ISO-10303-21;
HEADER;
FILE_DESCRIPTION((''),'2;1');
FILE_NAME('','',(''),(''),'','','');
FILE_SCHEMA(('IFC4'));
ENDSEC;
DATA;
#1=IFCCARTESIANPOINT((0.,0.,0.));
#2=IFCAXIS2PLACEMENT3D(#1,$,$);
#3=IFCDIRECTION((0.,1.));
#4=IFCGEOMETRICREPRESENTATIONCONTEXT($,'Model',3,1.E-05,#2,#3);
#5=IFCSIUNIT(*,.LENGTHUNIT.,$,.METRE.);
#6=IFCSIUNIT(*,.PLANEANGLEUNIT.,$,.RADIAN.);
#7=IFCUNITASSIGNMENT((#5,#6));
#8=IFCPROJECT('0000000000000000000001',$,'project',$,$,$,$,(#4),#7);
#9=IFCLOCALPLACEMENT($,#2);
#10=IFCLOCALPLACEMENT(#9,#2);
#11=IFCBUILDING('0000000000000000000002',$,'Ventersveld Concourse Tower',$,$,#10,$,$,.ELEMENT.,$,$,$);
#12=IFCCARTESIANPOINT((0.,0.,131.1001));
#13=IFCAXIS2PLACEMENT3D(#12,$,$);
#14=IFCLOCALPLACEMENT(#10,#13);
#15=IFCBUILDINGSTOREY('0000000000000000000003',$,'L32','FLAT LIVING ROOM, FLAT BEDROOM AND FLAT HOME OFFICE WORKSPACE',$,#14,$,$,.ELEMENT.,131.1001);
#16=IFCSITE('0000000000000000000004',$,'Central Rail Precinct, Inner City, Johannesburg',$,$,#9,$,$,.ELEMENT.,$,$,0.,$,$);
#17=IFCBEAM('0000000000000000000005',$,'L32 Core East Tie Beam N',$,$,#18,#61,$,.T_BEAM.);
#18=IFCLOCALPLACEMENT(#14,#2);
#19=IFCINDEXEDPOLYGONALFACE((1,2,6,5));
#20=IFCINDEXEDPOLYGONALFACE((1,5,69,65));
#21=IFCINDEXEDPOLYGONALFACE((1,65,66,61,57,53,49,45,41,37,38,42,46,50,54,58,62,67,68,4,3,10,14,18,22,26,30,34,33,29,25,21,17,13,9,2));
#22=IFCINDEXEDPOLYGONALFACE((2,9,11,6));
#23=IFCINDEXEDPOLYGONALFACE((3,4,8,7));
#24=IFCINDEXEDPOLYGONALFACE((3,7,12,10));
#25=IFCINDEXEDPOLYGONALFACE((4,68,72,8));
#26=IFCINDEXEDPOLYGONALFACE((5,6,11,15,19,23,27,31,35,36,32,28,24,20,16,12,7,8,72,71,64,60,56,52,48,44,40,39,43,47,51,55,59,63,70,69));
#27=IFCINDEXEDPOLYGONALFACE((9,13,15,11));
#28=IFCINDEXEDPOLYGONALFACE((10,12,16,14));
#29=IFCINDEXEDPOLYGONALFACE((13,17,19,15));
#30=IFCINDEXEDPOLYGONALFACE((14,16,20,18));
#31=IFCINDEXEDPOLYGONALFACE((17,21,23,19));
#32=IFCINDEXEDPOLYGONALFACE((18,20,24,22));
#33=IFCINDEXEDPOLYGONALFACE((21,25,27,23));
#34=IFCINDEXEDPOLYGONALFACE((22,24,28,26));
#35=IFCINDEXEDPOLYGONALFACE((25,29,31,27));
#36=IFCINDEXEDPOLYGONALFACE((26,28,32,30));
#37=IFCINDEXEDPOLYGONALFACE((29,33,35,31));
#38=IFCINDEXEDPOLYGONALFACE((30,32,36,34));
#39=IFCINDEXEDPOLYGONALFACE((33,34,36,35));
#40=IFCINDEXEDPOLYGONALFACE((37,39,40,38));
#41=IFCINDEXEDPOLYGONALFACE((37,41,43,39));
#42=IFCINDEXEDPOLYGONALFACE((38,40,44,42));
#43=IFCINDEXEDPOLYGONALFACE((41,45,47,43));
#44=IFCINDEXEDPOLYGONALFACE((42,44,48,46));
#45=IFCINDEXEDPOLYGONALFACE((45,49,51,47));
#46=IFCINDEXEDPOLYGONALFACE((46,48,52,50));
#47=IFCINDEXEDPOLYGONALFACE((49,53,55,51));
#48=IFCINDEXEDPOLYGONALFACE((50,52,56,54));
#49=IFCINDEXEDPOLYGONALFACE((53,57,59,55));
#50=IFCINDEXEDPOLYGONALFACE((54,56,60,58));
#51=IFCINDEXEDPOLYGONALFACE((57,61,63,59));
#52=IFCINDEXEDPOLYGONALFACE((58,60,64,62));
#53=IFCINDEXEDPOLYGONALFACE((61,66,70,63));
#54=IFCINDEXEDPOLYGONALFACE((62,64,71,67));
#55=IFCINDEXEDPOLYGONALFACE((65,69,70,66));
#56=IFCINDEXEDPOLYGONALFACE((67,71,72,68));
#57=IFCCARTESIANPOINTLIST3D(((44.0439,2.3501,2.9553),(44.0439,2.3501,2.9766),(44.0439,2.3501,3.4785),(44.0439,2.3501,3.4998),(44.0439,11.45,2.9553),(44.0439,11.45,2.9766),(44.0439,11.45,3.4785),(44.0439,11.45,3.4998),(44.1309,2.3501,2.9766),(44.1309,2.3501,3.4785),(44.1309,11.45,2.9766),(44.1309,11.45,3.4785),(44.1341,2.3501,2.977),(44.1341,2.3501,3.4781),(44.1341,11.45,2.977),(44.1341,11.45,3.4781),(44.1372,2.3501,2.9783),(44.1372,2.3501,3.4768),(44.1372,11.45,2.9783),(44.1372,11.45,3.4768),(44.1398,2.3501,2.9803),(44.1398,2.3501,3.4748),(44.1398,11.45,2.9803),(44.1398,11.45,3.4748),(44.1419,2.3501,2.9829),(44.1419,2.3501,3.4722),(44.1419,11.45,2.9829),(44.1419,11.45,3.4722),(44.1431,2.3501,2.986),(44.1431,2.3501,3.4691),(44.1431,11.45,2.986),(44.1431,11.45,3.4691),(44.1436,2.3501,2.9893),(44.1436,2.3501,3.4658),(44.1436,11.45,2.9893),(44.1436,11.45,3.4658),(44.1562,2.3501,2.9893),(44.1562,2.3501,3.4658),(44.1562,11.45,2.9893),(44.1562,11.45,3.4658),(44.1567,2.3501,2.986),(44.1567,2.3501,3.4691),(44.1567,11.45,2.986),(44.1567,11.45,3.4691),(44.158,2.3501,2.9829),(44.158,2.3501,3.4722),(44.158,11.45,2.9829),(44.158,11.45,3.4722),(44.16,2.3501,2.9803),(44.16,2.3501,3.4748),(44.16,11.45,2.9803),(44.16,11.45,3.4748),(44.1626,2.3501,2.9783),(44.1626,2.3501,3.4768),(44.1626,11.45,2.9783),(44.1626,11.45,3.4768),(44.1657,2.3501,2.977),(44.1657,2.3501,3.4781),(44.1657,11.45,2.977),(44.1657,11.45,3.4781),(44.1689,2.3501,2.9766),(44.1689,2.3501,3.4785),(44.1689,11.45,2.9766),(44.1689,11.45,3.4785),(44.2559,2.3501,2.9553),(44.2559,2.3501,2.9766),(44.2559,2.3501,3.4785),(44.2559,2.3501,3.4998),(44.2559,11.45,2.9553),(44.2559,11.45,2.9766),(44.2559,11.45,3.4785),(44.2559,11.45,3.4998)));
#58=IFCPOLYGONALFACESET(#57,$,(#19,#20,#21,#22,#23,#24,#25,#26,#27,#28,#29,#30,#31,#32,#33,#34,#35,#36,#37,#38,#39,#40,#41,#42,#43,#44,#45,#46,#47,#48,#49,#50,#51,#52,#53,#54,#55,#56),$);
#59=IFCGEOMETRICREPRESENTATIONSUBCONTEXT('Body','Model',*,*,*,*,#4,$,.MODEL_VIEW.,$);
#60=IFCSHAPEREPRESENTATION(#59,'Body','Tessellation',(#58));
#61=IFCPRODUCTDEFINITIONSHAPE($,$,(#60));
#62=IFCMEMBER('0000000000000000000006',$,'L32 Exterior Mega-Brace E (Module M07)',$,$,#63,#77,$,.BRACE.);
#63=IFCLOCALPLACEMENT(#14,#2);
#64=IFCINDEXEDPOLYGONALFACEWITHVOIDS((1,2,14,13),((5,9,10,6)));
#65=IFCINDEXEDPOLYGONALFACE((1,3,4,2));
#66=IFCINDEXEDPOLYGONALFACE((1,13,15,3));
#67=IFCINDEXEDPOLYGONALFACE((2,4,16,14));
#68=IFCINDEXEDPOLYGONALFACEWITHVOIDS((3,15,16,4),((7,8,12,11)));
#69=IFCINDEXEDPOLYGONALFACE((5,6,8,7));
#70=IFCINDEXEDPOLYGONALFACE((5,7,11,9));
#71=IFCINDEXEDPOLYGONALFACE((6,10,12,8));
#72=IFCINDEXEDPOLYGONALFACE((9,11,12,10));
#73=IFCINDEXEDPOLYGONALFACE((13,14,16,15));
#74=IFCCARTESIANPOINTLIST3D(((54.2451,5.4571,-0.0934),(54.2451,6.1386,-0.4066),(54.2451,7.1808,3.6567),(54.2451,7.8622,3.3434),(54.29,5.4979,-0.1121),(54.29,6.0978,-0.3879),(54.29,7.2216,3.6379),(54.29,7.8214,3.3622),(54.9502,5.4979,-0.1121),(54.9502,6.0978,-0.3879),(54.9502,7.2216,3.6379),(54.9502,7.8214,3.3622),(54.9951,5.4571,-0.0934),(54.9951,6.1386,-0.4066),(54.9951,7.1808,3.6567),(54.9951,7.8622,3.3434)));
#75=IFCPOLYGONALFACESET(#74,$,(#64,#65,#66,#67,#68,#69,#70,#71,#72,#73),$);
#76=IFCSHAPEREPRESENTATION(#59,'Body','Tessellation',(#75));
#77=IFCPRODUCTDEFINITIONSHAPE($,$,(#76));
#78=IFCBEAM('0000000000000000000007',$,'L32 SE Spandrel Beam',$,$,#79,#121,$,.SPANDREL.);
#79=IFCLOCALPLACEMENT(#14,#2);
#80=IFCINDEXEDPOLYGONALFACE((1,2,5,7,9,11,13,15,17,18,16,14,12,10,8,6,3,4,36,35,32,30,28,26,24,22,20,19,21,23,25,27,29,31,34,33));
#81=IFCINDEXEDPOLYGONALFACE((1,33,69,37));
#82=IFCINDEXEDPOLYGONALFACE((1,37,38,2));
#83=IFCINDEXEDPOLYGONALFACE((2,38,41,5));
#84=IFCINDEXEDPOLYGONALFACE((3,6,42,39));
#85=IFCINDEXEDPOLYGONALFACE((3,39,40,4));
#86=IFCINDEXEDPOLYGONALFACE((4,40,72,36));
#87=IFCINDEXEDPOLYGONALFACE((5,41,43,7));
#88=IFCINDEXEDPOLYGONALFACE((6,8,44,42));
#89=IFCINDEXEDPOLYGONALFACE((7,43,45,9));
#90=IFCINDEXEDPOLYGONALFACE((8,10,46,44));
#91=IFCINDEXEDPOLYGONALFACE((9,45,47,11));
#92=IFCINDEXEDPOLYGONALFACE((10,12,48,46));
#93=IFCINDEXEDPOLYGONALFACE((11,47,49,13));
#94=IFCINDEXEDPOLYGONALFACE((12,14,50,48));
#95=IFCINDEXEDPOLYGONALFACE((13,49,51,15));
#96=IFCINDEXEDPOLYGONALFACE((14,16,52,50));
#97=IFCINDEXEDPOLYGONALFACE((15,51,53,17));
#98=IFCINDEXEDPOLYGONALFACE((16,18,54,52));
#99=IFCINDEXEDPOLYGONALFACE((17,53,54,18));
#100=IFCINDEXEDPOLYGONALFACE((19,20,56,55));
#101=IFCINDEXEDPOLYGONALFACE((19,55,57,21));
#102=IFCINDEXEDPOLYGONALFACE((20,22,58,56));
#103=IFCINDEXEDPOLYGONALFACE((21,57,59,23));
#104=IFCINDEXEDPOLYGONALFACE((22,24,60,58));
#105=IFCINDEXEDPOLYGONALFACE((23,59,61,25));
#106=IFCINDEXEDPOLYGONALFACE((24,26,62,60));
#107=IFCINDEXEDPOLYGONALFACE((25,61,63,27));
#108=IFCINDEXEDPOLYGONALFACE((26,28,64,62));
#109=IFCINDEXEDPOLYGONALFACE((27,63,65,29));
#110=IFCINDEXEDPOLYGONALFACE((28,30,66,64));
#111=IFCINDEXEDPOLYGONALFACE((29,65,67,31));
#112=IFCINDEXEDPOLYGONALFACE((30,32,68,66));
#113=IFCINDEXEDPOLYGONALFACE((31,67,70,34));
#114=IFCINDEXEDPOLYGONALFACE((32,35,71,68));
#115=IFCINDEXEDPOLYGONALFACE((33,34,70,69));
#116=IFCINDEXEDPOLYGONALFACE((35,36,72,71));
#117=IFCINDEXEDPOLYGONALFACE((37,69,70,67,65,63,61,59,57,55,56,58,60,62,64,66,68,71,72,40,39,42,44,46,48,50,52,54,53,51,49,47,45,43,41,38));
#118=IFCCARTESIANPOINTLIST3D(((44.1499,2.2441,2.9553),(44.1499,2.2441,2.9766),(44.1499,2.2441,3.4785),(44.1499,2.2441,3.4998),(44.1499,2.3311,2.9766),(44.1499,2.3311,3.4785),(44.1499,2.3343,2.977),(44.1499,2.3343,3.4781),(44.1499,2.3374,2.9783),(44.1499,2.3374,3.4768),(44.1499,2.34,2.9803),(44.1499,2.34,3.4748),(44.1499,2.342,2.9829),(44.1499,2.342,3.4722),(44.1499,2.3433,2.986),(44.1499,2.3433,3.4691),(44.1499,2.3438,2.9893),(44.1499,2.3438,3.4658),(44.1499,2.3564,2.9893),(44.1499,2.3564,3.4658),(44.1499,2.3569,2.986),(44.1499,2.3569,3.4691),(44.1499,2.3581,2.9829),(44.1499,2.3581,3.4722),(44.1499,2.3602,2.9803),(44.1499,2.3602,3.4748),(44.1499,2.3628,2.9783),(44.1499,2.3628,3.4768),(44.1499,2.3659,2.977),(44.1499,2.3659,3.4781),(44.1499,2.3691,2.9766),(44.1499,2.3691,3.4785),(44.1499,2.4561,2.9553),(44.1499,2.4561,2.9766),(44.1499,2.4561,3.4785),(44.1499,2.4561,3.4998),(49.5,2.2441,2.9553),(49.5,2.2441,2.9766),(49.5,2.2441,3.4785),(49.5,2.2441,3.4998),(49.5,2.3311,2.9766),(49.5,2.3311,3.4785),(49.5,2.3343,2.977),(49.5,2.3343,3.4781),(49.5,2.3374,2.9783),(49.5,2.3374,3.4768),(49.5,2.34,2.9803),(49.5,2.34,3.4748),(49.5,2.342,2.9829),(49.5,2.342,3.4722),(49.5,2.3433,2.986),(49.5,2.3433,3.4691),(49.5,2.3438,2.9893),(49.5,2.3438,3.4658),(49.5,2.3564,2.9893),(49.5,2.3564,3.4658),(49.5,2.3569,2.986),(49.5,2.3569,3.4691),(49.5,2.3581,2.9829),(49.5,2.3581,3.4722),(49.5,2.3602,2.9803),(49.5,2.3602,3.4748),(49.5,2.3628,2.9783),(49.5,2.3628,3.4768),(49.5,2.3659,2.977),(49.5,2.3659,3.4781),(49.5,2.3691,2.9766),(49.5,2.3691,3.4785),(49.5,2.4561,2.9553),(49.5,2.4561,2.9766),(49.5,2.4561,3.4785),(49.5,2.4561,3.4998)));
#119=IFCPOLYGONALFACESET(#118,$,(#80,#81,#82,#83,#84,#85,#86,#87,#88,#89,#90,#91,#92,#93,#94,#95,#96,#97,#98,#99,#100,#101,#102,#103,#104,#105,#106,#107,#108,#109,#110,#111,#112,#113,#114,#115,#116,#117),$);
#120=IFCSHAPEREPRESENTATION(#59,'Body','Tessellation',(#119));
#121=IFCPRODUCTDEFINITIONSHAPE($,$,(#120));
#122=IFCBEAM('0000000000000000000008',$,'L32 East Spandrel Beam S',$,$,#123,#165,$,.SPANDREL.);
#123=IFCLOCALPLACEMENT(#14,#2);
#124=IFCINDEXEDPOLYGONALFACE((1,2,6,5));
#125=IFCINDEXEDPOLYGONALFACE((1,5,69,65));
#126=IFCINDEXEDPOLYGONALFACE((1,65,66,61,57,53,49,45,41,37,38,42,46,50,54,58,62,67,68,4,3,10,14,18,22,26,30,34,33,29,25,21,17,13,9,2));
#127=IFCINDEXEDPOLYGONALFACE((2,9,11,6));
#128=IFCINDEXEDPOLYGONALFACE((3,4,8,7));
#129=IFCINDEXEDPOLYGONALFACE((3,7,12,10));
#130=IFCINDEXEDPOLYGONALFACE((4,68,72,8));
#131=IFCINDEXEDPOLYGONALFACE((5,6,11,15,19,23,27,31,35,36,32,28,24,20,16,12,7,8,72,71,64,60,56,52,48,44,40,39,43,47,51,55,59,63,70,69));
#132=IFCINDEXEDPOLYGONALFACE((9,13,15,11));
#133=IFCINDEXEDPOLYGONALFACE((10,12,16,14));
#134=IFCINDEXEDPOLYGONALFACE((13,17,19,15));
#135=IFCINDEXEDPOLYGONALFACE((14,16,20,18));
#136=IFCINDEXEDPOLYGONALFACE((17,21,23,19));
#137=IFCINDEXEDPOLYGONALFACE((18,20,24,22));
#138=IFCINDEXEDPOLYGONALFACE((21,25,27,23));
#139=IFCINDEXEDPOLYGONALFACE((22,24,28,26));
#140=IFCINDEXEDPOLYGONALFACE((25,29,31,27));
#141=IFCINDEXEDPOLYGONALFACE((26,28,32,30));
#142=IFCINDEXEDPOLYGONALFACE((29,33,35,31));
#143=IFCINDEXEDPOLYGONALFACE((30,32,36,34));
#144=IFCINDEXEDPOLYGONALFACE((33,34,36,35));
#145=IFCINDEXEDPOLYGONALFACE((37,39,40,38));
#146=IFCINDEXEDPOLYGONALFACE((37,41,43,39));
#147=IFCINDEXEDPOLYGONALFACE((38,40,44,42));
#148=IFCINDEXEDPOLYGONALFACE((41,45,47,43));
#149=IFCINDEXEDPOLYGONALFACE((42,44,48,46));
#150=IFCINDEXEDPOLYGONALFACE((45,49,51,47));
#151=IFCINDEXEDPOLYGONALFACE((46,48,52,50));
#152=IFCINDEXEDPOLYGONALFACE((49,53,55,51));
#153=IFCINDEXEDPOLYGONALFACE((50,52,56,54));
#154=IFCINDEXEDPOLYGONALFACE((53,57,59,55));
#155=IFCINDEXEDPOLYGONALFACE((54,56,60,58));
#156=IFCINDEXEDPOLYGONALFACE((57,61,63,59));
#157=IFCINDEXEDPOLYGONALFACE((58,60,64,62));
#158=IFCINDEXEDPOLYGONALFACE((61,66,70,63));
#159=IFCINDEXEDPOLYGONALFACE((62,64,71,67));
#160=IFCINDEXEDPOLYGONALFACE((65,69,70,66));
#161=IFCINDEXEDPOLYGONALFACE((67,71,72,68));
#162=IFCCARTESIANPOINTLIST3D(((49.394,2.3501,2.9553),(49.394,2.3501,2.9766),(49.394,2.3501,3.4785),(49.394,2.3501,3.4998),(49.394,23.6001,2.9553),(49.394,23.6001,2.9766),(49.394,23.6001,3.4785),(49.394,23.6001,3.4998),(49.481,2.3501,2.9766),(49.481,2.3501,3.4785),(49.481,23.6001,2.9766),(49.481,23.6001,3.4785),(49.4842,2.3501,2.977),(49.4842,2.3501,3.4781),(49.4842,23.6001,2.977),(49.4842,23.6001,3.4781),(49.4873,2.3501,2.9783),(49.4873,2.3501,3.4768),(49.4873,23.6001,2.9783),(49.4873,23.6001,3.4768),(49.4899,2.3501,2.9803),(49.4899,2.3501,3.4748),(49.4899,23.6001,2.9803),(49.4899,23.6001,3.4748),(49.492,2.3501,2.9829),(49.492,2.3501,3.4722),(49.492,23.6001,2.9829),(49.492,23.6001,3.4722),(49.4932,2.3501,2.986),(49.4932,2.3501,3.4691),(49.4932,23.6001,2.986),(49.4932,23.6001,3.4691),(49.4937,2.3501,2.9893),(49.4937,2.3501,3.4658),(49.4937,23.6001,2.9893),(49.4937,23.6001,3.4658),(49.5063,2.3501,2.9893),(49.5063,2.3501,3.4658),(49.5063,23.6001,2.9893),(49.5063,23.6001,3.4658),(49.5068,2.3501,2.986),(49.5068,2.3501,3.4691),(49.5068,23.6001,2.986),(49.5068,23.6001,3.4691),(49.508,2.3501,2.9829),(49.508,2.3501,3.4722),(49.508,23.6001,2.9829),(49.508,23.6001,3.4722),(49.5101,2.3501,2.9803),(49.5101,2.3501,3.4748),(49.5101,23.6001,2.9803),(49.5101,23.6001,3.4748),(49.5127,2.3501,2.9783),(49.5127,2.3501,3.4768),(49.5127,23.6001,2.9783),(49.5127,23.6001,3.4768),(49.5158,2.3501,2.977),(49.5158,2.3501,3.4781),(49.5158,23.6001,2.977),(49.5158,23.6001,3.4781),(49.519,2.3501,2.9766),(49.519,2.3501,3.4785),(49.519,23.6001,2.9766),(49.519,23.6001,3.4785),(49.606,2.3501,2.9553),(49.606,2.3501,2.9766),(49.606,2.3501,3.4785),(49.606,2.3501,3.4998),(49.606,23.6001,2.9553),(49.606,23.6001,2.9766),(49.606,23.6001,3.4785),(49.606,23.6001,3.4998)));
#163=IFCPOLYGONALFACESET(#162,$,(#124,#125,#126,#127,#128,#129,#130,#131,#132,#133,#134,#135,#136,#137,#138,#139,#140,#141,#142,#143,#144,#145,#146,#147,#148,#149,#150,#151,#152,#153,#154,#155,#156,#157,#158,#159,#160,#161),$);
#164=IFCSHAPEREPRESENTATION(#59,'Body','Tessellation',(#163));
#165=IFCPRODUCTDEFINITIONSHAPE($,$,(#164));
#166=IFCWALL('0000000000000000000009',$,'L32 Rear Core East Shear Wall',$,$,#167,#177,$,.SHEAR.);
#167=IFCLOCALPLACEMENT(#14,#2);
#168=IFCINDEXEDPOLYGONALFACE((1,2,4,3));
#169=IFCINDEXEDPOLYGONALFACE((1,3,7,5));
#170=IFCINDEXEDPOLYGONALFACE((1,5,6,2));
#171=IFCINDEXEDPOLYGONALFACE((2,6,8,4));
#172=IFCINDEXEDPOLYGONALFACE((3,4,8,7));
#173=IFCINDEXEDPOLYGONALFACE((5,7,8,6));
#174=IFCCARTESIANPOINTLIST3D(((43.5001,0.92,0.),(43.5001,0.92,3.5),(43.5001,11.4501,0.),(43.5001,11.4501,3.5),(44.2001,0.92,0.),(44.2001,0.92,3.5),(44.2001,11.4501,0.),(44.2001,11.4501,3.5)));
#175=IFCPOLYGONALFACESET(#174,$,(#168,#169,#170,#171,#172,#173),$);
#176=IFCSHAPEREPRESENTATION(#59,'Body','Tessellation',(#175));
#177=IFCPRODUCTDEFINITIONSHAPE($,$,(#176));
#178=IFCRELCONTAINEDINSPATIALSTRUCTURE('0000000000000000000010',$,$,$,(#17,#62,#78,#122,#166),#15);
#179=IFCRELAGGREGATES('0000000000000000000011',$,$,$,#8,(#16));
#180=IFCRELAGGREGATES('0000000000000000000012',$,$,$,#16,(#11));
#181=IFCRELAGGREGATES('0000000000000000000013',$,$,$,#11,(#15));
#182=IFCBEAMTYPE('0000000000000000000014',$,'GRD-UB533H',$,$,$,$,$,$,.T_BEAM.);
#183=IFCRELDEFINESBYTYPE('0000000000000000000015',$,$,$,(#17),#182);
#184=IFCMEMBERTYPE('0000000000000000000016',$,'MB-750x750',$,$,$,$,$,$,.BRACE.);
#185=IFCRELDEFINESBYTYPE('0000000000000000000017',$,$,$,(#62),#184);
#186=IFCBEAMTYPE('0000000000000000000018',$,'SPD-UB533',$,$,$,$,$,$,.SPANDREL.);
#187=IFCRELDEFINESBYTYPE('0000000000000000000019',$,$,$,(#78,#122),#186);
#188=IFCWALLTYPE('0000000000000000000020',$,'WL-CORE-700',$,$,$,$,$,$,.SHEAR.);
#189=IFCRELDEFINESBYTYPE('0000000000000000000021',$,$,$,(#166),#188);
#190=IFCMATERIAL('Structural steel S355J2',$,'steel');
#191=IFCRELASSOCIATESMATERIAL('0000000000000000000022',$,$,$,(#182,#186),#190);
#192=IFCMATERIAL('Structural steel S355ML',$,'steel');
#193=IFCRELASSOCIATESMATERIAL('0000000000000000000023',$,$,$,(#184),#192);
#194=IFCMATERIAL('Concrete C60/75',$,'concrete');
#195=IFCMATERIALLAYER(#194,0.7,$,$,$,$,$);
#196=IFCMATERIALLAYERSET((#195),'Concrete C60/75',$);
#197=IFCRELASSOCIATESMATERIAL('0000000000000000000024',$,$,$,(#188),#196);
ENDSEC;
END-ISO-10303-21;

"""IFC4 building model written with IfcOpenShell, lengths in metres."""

from ifc_helpers import new_model, si_unit, direction, frame, frame_2d, origin, origin_2d, place, context, subcontext, project, spatial, rectangle, hollow_rectangle, i_section, extrude, material, layer, layer_set, material_profile, profile_set, type_object, element, save


model = new_model("IFC4")

# Units and contexts
model_context = context("Model", 3, precision=1e-05, world=origin(), true_north=direction((0.0, 1.0)))
body_context = subcontext(model_context, "Body", "Model", "MODEL_VIEW")
ifc_project = project(units=[si_unit("LENGTHUNIT", "METRE"), si_unit("PLANEANGLEUNIT", "RADIAN")], contexts=[model_context])

# Site, building, storey
site_placement = place(None, origin())
site = spatial("IfcSite", under=ifc_project, at=site_placement, Name="Central Rail Precinct, Inner City, Johannesburg", CompositionType="ELEMENT", RefElevation=0.0)
building_placement = place(site_placement, origin())
building = spatial("IfcBuilding", under=site, at=building_placement, Name="Ventersveld Concourse Tower", CompositionType="ELEMENT")
storey_placement = place(building_placement, frame((0.0, 0.0, 131.1001)))
storey = spatial("IfcBuildingStorey", under=building, at=storey_placement, Name="L32", Description="FLAT LIVING ROOM, FLAT BEDROOM AND FLAT HOME OFFICE WORKSPACE", CompositionType="ELEMENT", Elevation=131.1001)

# Beam
ifc_material_1 = material(Name="Structural steel S355J2", Category="steel")
ifc_material_profile_1 = material_profile(ifc_material_1, i_section(OverallWidth=0.2119, OverallDepth=0.5444, WebThickness=0.0127, FlangeThickness=0.0212, FilletRadius=0.0127, at=origin_2d()), Name="UB 533x210x122")
ifc_profile_set_1 = profile_set([ifc_material_profile_1], Name="Structural steel S355J2")
beam_type_1 = type_object("IfcBeamType", Name="GRD-UB533H", PredefinedType="T_BEAM", material=ifc_profile_set_1)
beam_1_placement = place(storey_placement, frame((44.1499, 2.3501, 3.2275), z_axis=(0.0, 1.0, 0.0), x_axis=(-1.0, 0.0, 0.0)))
element("IfcBeam", 1, at=beam_1_placement, inside=storey, type_object=beam_type_1, Name="L32 Core East Tie Beam N", PredefinedType="T_BEAM", context=body_context, shape_type="SweptSolid", body=[
    extrude(i_section(OverallWidth=0.2119, OverallDepth=0.5444, WebThickness=0.0127, FlangeThickness=0.0212, FilletRadius=0.0127, at=origin_2d()), origin(), (0.0, 0.0, 1.0), 9.0999),
])

# Member
ifc_material_2 = material(Name="Structural steel S355ML", Category="steel")
ifc_material_profile_2 = material_profile(ifc_material_2, hollow_rectangle(XDim=0.75, YDim=0.75, WallThickness=0.0449, at=origin_2d()), Name="BOX 750x750x45")
ifc_profile_set_2 = profile_set([ifc_material_profile_2], Name="Structural steel S355ML")
member_type = type_object("IfcMemberType", Name="MB-750x750", PredefinedType="BRACE", material=ifc_profile_set_2)
member_placement = place(storey_placement, frame((54.6201, 5.7979, -0.25), z_axis=(0.0, 0.417632, 0.908616), x_axis=(-1.0, 0.0, 0.0)))
element("IfcMember", 2, at=member_placement, inside=storey, type_object=member_type, Name="L32 Exterior Mega-Brace E (Module M07)", PredefinedType="BRACE", context=body_context, shape_type="SweptSolid", body=[
    extrude(hollow_rectangle(XDim=0.75, YDim=0.75, WallThickness=0.0449, at=origin_2d()), origin(), (0.0, 0.0, 1.0), 4.1272),
])

# Beams
ifc_material_profile_3 = material_profile(ifc_material_1, i_section(OverallWidth=0.2119, OverallDepth=0.5444, WebThickness=0.0127, FlangeThickness=0.0212, FilletRadius=0.0127, at=origin_2d()), Name="UB 533x210x122")
ifc_profile_set_3 = profile_set([ifc_material_profile_3], Name="Structural steel S355J2")
beam_type_2 = type_object("IfcBeamType", Name="SPD-UB533", PredefinedType="SPANDREL", material=ifc_profile_set_3)
beam_2_placement = place(storey_placement, frame((44.1499, 2.3501, 3.2275), z_axis=(1.0, 0.0, 0.0), x_axis=(0.0, 1.0, 0.0)))
element("IfcBeam", 3, at=beam_2_placement, inside=storey, type_object=beam_type_2, Name="L32 SE Spandrel Beam", PredefinedType="SPANDREL", context=body_context, shape_type="SweptSolid", body=[
    extrude(i_section(OverallWidth=0.2119, OverallDepth=0.5444, WebThickness=0.0127, FlangeThickness=0.0212, FilletRadius=0.0127, at=origin_2d()), origin(), (0.0, 0.0, 1.0), 5.3501),
])
beam_3_placement = place(storey_placement, frame((49.5, 2.3501, 3.2275), z_axis=(0.0, 1.0, 0.0), x_axis=(-1.0, 0.0, 0.0)))
element("IfcBeam", 4, at=beam_3_placement, inside=storey, type_object=beam_type_2, Name="L32 East Spandrel Beam S", PredefinedType="SPANDREL", context=body_context, shape_type="SweptSolid", body=[
    extrude(i_section(OverallWidth=0.2119, OverallDepth=0.5444, WebThickness=0.0127, FlangeThickness=0.0212, FilletRadius=0.0127, at=origin_2d()), origin(), (0.0, 0.0, 1.0), 21.25),
])

# Wall
ifc_material_3 = material(Name="Concrete C60/75", Category="concrete")
ifc_layer_1 = layer(ifc_material_3, 0.7)
ifc_layer_set_1 = layer_set([ifc_layer_1], Name="Concrete C60/75")
wall_type_1 = type_object("IfcWallType", Name="WL-CORE-700", PredefinedType="SHEAR", material=ifc_layer_set_1)
wall_1_placement = place(storey_placement, frame((43.8501, 0.9199, 0.0), z_axis=(0.0, 0.0, 1.0), x_axis=(0.0, 1.0, 0.0)))
element("IfcWall", 5, at=wall_1_placement, inside=storey, type_object=wall_type_1, Name="L32 Rear Core East Shear Wall", PredefinedType="SHEAR", context=body_context, shape_type="SweptSolid", body=[
    extrude(rectangle(XDim=10.53, YDim=0.7, at=frame_2d((5.2651, 0.0))), origin(), (0.0, 0.0, 1.0), 3.5),
])

save(model, "model.ifc")
